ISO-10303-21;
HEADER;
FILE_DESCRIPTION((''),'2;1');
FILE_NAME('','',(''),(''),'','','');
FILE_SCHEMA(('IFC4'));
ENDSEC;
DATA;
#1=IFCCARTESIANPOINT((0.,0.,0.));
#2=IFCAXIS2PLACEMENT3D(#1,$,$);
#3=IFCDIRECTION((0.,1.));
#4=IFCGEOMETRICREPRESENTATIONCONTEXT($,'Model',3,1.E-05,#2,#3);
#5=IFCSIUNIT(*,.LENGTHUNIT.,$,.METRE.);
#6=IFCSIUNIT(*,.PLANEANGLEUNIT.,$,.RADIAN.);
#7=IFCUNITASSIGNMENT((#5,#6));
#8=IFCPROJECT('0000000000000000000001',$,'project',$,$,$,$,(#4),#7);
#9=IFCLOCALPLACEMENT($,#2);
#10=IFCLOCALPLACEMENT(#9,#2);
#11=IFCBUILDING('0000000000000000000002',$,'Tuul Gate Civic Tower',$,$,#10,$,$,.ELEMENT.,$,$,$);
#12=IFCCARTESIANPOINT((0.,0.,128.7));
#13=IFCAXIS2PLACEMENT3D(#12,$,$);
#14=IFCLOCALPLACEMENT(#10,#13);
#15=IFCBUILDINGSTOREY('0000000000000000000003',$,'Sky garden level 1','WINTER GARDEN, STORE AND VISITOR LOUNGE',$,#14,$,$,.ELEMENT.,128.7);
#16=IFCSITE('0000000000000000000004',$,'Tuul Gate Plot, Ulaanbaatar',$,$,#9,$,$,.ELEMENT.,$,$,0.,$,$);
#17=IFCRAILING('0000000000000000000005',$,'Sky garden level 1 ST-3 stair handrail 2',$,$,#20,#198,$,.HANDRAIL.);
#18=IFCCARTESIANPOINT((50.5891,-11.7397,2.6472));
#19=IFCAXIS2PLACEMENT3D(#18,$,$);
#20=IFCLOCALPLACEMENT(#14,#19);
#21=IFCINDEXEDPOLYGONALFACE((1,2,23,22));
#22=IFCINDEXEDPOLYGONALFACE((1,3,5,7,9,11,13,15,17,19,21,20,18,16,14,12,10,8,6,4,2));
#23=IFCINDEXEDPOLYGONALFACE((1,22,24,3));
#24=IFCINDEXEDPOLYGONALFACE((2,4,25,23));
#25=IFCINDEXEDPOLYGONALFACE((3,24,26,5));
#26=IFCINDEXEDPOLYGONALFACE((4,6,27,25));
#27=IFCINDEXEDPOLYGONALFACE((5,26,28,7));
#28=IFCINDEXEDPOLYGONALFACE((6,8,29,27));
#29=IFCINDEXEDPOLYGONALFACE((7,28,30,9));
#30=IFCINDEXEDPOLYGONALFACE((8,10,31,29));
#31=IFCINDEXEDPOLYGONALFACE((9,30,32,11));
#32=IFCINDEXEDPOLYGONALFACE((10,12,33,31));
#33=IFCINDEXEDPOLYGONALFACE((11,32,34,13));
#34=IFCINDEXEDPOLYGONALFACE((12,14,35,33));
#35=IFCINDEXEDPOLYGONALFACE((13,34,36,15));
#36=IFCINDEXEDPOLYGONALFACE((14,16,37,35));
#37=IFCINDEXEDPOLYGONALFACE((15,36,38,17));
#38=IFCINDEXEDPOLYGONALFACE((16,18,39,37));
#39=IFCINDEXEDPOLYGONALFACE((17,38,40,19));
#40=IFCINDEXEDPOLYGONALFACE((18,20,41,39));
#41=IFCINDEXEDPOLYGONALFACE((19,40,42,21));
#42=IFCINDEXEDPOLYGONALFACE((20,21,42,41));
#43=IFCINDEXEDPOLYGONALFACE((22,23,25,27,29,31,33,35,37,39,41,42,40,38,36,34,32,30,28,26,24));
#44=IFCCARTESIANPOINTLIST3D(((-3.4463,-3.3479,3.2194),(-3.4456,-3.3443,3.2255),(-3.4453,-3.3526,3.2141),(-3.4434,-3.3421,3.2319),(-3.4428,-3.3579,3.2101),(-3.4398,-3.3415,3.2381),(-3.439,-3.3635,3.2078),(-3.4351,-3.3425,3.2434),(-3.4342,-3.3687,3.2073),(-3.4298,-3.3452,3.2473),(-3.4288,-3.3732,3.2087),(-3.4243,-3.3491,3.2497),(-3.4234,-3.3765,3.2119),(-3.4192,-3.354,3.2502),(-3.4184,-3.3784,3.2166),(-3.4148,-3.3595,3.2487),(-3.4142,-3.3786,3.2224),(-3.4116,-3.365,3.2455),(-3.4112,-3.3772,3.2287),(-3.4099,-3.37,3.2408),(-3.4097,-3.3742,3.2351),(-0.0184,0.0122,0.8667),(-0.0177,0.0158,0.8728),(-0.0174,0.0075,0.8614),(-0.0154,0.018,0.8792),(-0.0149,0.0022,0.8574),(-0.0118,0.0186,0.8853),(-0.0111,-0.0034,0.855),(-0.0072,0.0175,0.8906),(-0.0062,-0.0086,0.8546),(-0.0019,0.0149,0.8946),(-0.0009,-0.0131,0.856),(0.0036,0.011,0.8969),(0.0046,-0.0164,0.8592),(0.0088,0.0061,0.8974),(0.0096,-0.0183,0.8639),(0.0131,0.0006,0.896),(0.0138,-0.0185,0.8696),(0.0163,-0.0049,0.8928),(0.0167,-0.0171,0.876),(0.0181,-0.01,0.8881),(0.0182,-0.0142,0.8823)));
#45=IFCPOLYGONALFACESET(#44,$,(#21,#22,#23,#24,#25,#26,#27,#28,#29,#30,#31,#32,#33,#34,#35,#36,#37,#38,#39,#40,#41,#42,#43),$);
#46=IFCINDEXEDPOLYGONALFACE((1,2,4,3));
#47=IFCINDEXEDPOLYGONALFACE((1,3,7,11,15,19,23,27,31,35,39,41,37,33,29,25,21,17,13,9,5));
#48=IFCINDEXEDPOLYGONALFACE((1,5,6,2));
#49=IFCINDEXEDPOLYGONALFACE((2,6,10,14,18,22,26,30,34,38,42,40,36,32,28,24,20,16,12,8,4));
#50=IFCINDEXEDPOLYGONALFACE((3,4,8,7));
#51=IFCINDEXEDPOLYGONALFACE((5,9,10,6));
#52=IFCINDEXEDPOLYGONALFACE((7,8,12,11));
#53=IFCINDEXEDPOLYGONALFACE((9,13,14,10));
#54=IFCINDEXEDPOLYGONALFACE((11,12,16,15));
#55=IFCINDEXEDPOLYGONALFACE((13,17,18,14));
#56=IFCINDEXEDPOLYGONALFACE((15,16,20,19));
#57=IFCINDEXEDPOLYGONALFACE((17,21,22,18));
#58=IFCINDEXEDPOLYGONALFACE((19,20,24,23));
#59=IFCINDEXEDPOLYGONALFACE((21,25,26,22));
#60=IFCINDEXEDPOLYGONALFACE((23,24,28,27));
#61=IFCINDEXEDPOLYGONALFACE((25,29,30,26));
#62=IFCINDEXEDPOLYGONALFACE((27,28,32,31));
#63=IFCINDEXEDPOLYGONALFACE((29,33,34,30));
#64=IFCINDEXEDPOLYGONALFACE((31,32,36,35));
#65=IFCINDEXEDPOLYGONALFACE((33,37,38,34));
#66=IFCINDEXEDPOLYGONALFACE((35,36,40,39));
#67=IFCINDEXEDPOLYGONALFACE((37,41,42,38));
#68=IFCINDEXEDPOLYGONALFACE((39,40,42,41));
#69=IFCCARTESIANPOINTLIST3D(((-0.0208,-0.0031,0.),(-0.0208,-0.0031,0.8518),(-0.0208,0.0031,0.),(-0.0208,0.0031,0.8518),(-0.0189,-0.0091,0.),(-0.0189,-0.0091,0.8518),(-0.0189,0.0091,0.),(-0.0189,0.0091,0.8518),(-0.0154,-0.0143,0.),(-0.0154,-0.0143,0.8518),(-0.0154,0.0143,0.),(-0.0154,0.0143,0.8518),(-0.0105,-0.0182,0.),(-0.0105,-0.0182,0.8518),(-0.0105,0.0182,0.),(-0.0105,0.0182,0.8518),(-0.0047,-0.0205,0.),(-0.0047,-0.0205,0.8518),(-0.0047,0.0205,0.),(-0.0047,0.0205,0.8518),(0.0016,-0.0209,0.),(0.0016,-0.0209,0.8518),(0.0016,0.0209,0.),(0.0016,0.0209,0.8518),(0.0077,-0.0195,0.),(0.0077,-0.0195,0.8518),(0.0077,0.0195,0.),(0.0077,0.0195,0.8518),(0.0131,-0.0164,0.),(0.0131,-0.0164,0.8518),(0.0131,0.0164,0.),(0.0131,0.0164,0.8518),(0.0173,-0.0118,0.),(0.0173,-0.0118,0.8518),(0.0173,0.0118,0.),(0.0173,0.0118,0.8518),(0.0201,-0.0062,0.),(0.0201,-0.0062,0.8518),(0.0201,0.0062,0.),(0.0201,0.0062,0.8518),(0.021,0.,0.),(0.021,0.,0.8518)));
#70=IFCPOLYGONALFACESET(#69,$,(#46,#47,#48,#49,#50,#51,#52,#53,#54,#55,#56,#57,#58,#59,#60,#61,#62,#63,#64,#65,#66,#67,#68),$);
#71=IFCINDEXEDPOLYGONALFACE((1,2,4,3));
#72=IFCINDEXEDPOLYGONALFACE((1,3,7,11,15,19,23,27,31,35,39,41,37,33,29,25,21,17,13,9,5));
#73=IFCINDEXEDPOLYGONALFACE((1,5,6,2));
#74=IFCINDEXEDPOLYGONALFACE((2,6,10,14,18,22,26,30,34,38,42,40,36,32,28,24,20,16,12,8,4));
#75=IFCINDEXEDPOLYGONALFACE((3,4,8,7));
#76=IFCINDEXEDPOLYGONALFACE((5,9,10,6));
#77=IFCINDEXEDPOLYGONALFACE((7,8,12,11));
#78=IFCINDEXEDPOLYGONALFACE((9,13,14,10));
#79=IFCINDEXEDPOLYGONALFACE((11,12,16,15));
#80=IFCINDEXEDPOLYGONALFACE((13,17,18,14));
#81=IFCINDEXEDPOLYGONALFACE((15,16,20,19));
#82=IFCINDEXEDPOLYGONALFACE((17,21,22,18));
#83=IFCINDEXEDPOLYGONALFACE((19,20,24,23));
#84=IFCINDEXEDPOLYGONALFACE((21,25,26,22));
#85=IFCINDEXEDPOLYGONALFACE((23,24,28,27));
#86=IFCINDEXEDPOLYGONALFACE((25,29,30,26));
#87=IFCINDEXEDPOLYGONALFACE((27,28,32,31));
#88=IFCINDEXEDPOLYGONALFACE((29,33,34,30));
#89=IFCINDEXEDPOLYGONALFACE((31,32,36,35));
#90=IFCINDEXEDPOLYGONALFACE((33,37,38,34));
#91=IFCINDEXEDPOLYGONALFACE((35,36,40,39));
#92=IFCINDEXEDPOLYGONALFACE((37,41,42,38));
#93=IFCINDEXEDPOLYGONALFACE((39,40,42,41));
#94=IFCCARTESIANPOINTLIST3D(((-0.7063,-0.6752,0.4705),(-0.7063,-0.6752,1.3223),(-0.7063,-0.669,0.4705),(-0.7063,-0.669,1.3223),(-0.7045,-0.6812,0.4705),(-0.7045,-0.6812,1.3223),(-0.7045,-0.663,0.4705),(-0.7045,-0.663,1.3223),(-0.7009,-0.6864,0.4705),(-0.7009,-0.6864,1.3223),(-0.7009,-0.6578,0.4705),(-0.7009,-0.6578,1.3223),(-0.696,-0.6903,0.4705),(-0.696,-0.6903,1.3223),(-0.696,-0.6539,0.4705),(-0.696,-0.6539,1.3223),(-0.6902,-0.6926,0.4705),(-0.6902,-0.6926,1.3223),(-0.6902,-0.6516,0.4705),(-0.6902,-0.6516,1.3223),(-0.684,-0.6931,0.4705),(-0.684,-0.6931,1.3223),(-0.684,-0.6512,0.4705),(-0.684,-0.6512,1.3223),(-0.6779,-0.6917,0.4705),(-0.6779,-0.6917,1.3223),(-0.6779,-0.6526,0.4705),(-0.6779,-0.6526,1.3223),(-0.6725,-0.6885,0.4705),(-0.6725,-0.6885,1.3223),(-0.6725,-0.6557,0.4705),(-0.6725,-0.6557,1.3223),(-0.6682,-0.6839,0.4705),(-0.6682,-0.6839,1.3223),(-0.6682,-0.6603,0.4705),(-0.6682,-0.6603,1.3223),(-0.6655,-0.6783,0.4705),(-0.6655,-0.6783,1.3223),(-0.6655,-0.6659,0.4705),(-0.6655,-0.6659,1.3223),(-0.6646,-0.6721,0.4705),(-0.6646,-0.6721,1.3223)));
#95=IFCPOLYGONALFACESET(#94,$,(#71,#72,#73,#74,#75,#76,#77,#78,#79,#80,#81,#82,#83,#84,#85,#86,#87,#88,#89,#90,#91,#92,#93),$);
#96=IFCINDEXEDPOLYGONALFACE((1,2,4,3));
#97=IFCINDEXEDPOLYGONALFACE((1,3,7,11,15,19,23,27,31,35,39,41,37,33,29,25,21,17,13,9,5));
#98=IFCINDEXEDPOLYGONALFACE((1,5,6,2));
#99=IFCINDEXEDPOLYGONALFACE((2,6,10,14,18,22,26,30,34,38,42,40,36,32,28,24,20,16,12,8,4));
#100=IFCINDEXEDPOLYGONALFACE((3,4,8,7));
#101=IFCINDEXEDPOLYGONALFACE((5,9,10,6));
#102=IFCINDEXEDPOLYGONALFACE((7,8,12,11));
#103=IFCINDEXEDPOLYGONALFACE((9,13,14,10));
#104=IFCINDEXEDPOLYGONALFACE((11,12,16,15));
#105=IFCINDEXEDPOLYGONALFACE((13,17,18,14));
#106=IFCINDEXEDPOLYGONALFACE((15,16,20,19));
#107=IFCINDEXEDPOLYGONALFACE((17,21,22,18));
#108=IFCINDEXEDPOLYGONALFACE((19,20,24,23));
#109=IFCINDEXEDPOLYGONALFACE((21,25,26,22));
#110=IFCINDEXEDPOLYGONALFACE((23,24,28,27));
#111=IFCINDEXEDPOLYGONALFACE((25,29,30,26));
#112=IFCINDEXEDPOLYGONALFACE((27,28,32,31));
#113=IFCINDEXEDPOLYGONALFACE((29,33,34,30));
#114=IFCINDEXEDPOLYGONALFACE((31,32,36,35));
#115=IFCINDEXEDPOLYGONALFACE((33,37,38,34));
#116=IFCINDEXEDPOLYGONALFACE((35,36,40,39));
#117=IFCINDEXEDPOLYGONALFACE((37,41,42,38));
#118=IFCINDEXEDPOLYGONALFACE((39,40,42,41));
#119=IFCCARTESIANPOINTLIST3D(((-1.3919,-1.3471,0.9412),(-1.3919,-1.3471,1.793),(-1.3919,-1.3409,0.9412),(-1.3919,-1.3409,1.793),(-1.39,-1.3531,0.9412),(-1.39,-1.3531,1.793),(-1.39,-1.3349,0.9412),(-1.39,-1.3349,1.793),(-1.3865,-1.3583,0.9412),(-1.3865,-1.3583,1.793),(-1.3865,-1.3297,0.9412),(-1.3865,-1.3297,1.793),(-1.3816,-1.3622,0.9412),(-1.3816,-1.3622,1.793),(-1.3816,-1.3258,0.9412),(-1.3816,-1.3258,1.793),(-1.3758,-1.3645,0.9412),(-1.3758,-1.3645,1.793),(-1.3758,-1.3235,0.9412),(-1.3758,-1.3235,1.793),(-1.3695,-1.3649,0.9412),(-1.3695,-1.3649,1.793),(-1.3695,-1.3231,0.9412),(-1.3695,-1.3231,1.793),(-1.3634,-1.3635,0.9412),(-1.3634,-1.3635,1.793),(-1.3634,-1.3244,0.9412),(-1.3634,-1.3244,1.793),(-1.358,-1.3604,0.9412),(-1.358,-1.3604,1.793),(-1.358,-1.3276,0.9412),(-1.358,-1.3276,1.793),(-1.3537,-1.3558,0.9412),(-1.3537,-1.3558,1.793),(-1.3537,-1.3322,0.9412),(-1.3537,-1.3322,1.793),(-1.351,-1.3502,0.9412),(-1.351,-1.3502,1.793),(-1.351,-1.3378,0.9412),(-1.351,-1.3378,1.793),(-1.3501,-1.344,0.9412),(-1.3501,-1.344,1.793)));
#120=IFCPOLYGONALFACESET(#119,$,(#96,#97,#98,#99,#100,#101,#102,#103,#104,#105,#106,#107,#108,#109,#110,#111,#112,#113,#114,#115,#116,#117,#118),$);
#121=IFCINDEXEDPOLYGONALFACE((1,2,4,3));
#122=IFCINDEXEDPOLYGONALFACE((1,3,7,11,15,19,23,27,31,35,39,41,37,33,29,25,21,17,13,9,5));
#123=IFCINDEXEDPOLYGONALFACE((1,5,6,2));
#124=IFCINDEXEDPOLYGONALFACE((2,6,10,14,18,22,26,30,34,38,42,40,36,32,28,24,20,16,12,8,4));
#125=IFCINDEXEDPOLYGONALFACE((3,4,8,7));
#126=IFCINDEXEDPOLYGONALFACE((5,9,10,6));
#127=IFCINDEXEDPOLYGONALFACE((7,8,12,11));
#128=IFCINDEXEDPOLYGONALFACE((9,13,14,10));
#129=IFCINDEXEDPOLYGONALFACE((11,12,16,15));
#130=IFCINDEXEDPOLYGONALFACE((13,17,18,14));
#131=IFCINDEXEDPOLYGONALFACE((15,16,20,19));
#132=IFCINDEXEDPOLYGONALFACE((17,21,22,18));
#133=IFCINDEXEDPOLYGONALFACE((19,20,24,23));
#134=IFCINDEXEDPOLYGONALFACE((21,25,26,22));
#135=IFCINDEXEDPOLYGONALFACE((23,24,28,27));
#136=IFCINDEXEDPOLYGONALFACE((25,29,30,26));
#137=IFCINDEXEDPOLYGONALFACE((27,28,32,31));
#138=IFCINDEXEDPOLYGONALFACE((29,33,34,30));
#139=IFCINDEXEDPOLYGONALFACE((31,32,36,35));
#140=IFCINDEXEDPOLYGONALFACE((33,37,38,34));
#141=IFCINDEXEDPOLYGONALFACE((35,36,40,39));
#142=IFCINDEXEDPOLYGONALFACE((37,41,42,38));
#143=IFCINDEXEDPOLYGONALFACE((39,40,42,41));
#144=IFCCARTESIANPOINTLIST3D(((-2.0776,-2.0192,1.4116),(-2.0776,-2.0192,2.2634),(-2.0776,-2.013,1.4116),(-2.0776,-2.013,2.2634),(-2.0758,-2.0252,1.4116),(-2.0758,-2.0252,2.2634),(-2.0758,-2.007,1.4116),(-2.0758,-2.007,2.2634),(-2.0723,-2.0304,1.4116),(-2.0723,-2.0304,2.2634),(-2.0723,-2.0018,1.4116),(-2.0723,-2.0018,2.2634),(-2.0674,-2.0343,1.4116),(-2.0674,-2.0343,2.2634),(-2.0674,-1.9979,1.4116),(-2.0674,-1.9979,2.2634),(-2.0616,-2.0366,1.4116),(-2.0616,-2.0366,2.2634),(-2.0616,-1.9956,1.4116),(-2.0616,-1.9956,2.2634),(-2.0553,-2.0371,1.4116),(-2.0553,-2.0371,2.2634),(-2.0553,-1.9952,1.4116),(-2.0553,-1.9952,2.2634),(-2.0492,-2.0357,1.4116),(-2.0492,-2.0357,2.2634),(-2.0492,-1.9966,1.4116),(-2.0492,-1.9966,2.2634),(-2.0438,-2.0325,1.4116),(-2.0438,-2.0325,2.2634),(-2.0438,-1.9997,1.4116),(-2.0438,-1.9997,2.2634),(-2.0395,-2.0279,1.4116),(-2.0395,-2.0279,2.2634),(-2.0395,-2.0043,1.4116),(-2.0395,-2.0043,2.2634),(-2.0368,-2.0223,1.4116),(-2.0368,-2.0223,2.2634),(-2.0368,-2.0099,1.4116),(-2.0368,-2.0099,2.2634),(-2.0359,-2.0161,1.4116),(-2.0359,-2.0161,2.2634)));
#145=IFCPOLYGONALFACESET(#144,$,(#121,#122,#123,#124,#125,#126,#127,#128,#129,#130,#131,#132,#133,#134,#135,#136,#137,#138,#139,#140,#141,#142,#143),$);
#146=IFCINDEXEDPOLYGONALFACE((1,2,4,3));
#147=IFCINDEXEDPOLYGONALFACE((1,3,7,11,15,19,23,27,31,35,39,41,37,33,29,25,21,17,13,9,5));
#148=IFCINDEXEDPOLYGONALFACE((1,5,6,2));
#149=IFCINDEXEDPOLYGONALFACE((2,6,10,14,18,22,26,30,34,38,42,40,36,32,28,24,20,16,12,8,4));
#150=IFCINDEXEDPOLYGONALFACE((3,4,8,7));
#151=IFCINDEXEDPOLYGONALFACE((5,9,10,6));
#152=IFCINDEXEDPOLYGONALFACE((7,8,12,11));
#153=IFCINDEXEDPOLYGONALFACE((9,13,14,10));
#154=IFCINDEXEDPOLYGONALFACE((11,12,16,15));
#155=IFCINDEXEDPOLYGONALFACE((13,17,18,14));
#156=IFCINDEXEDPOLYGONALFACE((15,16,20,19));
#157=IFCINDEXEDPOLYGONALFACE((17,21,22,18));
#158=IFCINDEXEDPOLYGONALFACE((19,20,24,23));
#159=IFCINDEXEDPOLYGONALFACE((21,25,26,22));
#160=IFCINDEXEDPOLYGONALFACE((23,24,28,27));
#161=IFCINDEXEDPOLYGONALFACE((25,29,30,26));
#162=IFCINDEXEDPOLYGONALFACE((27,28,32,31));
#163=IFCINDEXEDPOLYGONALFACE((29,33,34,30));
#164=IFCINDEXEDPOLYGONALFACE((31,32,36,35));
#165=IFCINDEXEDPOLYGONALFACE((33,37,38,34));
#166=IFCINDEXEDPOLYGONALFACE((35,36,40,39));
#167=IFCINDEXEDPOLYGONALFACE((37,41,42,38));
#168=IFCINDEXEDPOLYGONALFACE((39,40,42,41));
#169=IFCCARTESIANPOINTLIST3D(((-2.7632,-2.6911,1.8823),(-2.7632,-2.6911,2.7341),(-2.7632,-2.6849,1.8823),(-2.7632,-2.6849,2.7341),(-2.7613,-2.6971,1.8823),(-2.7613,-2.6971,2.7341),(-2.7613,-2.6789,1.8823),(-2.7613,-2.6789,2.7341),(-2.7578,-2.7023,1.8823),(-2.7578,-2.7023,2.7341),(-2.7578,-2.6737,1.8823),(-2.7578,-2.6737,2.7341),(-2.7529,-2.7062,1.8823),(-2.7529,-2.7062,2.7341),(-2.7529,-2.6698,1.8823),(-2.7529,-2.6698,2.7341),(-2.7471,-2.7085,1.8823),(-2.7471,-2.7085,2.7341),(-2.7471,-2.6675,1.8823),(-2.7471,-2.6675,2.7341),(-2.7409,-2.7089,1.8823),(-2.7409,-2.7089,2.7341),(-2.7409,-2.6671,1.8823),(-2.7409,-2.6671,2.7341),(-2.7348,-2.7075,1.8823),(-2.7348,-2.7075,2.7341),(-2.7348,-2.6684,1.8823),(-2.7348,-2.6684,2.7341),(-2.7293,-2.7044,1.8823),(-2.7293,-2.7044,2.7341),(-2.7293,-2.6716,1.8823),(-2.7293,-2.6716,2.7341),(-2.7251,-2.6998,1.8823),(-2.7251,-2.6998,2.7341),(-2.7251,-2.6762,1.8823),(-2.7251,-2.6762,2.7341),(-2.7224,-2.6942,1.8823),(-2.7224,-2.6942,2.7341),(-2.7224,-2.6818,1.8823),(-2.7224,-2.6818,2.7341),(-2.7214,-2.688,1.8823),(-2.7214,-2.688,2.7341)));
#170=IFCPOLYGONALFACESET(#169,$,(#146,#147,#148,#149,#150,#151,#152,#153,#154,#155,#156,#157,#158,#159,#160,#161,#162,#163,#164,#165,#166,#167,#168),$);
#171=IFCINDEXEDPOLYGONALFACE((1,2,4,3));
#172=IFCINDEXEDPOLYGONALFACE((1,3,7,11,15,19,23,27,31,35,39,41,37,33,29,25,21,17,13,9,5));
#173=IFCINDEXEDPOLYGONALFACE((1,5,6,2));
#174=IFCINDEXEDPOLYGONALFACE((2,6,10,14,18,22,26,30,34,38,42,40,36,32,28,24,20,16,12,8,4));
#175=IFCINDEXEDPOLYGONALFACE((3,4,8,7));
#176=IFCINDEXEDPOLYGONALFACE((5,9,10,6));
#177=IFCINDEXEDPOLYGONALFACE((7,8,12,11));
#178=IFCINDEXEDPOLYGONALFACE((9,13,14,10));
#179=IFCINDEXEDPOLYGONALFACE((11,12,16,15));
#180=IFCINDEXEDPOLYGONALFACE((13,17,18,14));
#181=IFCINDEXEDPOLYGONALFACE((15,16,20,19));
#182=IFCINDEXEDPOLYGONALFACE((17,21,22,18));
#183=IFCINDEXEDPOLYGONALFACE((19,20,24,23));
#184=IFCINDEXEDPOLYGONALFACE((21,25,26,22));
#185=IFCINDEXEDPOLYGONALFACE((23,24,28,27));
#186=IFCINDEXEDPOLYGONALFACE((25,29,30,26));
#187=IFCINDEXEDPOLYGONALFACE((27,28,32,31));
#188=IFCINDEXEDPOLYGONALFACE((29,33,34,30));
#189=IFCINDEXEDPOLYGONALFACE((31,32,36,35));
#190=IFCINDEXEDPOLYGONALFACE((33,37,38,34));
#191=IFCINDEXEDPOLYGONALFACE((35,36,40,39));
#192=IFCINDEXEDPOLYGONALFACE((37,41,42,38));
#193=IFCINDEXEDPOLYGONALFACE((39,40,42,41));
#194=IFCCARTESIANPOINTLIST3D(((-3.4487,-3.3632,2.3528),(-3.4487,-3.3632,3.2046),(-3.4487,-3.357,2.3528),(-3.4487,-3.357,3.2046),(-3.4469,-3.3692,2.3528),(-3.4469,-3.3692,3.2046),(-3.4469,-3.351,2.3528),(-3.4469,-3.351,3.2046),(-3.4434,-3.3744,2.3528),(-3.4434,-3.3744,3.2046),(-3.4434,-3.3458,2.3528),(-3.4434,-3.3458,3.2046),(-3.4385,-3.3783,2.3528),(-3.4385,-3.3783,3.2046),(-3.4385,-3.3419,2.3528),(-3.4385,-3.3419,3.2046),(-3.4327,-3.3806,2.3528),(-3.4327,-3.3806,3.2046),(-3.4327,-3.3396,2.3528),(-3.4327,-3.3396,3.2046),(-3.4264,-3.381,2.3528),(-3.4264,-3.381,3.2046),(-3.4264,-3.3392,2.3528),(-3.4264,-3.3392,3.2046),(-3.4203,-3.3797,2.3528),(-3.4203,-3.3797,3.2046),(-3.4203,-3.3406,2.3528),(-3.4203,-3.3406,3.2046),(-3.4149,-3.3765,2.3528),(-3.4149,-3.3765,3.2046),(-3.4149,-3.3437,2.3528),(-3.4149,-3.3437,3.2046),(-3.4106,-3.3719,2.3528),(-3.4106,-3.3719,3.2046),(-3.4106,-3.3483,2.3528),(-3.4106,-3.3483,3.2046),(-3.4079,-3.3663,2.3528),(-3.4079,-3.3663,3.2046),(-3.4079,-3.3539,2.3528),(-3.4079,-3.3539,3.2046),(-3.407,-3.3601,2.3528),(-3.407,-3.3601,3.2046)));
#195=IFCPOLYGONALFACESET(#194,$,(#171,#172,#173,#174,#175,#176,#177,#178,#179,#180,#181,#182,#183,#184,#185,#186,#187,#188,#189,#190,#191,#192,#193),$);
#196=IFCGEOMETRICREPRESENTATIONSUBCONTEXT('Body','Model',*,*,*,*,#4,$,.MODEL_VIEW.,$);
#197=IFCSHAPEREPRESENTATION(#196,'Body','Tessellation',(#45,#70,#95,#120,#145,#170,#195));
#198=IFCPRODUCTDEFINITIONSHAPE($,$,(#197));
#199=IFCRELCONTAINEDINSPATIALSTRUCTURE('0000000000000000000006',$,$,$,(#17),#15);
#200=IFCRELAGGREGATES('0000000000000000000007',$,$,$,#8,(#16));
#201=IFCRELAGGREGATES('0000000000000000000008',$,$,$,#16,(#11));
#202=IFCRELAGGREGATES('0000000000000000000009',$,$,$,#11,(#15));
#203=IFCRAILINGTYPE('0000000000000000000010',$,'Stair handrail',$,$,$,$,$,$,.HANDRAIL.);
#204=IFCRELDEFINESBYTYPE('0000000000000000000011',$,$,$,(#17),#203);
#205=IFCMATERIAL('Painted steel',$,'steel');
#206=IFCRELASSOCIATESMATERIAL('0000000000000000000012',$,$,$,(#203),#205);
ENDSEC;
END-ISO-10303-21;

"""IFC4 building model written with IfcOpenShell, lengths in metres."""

from ifc_helpers import new_model, si_unit, direction, frame, origin, origin_2d, place, context, subcontext, project, spatial, circle, extrude, material, type_object, element, save


model = new_model("IFC4")

# Units and contexts
model_context = context("Model", 3, precision=1e-05, world=origin(), true_north=direction((0.0, 1.0)))
body_context = subcontext(model_context, "Body", "Model", "MODEL_VIEW")
ifc_project = project(units=[si_unit("LENGTHUNIT", "METRE"), si_unit("PLANEANGLEUNIT", "RADIAN")], contexts=[model_context])

# Site, building, storey
site_placement = place(None, origin())
site = spatial("IfcSite", under=ifc_project, at=site_placement, Name="Tuul Gate Plot, Ulaanbaatar", CompositionType="ELEMENT", RefElevation=0.0)
building_placement = place(site_placement, origin())
building = spatial("IfcBuilding", under=site, at=building_placement, Name="Tuul Gate Civic Tower", CompositionType="ELEMENT")
storey_placement = place(building_placement, frame((0.0, 0.0, 128.7)))
storey = spatial("IfcBuildingStorey", under=building, at=storey_placement, Name="Sky garden level 1", Description="WINTER GARDEN, STORE AND VISITOR LOUNGE", CompositionType="ELEMENT", Elevation=128.7)

# Railing
ifc_material_1 = material(Name="Painted steel", Category="steel")
railing_type_1 = type_object("IfcRailingType", Name="Stair handrail", PredefinedType="HANDRAIL", material=ifc_material_1)
railing_1_placement = place(storey_placement, frame((50.5891, -11.7397, 2.6472)))
element("IfcRailing", 1, at=railing_1_placement, inside=storey, type_object=railing_type_1, Name="Sky garden level 1 ST-3 stair handrail 2", PredefinedType="HANDRAIL", context=body_context, shape_type="SweptSolid", body=[
    extrude(circle(Radius=0.0239, at=origin_2d()), frame((0.0, 0.0, 0.876), z_axis=(-0.641254, -0.628558, 0.440123), x_axis=(0.700002, -0.714141, 0.0)), (0.0, 0.0, 1.0), 5.3457),
    extrude(circle(Radius=0.021, at=origin_2d()), origin(), (0.0, 0.0, 1.0), 0.8518),
    extrude(circle(Radius=0.021, at=origin_2d()), frame((-0.6855, -0.6721, 0.4705)), (0.0, 0.0, 1.0), 0.8518),
    extrude(circle(Radius=0.021, at=origin_2d()), frame((-1.3711, -1.344, 0.9412)), (0.0, 0.0, 1.0), 0.8518),
    extrude(circle(Radius=0.021, at=origin_2d()), frame((-2.0569, -2.0161, 1.4116)), (0.0, 0.0, 1.0), 0.8518),
    extrude(circle(Radius=0.021, at=origin_2d()), frame((-2.7424, -2.688, 1.8823)), (0.0, 0.0, 1.0), 0.8518),
    extrude(circle(Radius=0.021, at=origin_2d()), frame((-3.428, -3.3601, 2.3528)), (0.0, 0.0, 1.0), 0.8518),
])

save(model, "model.ifc")
